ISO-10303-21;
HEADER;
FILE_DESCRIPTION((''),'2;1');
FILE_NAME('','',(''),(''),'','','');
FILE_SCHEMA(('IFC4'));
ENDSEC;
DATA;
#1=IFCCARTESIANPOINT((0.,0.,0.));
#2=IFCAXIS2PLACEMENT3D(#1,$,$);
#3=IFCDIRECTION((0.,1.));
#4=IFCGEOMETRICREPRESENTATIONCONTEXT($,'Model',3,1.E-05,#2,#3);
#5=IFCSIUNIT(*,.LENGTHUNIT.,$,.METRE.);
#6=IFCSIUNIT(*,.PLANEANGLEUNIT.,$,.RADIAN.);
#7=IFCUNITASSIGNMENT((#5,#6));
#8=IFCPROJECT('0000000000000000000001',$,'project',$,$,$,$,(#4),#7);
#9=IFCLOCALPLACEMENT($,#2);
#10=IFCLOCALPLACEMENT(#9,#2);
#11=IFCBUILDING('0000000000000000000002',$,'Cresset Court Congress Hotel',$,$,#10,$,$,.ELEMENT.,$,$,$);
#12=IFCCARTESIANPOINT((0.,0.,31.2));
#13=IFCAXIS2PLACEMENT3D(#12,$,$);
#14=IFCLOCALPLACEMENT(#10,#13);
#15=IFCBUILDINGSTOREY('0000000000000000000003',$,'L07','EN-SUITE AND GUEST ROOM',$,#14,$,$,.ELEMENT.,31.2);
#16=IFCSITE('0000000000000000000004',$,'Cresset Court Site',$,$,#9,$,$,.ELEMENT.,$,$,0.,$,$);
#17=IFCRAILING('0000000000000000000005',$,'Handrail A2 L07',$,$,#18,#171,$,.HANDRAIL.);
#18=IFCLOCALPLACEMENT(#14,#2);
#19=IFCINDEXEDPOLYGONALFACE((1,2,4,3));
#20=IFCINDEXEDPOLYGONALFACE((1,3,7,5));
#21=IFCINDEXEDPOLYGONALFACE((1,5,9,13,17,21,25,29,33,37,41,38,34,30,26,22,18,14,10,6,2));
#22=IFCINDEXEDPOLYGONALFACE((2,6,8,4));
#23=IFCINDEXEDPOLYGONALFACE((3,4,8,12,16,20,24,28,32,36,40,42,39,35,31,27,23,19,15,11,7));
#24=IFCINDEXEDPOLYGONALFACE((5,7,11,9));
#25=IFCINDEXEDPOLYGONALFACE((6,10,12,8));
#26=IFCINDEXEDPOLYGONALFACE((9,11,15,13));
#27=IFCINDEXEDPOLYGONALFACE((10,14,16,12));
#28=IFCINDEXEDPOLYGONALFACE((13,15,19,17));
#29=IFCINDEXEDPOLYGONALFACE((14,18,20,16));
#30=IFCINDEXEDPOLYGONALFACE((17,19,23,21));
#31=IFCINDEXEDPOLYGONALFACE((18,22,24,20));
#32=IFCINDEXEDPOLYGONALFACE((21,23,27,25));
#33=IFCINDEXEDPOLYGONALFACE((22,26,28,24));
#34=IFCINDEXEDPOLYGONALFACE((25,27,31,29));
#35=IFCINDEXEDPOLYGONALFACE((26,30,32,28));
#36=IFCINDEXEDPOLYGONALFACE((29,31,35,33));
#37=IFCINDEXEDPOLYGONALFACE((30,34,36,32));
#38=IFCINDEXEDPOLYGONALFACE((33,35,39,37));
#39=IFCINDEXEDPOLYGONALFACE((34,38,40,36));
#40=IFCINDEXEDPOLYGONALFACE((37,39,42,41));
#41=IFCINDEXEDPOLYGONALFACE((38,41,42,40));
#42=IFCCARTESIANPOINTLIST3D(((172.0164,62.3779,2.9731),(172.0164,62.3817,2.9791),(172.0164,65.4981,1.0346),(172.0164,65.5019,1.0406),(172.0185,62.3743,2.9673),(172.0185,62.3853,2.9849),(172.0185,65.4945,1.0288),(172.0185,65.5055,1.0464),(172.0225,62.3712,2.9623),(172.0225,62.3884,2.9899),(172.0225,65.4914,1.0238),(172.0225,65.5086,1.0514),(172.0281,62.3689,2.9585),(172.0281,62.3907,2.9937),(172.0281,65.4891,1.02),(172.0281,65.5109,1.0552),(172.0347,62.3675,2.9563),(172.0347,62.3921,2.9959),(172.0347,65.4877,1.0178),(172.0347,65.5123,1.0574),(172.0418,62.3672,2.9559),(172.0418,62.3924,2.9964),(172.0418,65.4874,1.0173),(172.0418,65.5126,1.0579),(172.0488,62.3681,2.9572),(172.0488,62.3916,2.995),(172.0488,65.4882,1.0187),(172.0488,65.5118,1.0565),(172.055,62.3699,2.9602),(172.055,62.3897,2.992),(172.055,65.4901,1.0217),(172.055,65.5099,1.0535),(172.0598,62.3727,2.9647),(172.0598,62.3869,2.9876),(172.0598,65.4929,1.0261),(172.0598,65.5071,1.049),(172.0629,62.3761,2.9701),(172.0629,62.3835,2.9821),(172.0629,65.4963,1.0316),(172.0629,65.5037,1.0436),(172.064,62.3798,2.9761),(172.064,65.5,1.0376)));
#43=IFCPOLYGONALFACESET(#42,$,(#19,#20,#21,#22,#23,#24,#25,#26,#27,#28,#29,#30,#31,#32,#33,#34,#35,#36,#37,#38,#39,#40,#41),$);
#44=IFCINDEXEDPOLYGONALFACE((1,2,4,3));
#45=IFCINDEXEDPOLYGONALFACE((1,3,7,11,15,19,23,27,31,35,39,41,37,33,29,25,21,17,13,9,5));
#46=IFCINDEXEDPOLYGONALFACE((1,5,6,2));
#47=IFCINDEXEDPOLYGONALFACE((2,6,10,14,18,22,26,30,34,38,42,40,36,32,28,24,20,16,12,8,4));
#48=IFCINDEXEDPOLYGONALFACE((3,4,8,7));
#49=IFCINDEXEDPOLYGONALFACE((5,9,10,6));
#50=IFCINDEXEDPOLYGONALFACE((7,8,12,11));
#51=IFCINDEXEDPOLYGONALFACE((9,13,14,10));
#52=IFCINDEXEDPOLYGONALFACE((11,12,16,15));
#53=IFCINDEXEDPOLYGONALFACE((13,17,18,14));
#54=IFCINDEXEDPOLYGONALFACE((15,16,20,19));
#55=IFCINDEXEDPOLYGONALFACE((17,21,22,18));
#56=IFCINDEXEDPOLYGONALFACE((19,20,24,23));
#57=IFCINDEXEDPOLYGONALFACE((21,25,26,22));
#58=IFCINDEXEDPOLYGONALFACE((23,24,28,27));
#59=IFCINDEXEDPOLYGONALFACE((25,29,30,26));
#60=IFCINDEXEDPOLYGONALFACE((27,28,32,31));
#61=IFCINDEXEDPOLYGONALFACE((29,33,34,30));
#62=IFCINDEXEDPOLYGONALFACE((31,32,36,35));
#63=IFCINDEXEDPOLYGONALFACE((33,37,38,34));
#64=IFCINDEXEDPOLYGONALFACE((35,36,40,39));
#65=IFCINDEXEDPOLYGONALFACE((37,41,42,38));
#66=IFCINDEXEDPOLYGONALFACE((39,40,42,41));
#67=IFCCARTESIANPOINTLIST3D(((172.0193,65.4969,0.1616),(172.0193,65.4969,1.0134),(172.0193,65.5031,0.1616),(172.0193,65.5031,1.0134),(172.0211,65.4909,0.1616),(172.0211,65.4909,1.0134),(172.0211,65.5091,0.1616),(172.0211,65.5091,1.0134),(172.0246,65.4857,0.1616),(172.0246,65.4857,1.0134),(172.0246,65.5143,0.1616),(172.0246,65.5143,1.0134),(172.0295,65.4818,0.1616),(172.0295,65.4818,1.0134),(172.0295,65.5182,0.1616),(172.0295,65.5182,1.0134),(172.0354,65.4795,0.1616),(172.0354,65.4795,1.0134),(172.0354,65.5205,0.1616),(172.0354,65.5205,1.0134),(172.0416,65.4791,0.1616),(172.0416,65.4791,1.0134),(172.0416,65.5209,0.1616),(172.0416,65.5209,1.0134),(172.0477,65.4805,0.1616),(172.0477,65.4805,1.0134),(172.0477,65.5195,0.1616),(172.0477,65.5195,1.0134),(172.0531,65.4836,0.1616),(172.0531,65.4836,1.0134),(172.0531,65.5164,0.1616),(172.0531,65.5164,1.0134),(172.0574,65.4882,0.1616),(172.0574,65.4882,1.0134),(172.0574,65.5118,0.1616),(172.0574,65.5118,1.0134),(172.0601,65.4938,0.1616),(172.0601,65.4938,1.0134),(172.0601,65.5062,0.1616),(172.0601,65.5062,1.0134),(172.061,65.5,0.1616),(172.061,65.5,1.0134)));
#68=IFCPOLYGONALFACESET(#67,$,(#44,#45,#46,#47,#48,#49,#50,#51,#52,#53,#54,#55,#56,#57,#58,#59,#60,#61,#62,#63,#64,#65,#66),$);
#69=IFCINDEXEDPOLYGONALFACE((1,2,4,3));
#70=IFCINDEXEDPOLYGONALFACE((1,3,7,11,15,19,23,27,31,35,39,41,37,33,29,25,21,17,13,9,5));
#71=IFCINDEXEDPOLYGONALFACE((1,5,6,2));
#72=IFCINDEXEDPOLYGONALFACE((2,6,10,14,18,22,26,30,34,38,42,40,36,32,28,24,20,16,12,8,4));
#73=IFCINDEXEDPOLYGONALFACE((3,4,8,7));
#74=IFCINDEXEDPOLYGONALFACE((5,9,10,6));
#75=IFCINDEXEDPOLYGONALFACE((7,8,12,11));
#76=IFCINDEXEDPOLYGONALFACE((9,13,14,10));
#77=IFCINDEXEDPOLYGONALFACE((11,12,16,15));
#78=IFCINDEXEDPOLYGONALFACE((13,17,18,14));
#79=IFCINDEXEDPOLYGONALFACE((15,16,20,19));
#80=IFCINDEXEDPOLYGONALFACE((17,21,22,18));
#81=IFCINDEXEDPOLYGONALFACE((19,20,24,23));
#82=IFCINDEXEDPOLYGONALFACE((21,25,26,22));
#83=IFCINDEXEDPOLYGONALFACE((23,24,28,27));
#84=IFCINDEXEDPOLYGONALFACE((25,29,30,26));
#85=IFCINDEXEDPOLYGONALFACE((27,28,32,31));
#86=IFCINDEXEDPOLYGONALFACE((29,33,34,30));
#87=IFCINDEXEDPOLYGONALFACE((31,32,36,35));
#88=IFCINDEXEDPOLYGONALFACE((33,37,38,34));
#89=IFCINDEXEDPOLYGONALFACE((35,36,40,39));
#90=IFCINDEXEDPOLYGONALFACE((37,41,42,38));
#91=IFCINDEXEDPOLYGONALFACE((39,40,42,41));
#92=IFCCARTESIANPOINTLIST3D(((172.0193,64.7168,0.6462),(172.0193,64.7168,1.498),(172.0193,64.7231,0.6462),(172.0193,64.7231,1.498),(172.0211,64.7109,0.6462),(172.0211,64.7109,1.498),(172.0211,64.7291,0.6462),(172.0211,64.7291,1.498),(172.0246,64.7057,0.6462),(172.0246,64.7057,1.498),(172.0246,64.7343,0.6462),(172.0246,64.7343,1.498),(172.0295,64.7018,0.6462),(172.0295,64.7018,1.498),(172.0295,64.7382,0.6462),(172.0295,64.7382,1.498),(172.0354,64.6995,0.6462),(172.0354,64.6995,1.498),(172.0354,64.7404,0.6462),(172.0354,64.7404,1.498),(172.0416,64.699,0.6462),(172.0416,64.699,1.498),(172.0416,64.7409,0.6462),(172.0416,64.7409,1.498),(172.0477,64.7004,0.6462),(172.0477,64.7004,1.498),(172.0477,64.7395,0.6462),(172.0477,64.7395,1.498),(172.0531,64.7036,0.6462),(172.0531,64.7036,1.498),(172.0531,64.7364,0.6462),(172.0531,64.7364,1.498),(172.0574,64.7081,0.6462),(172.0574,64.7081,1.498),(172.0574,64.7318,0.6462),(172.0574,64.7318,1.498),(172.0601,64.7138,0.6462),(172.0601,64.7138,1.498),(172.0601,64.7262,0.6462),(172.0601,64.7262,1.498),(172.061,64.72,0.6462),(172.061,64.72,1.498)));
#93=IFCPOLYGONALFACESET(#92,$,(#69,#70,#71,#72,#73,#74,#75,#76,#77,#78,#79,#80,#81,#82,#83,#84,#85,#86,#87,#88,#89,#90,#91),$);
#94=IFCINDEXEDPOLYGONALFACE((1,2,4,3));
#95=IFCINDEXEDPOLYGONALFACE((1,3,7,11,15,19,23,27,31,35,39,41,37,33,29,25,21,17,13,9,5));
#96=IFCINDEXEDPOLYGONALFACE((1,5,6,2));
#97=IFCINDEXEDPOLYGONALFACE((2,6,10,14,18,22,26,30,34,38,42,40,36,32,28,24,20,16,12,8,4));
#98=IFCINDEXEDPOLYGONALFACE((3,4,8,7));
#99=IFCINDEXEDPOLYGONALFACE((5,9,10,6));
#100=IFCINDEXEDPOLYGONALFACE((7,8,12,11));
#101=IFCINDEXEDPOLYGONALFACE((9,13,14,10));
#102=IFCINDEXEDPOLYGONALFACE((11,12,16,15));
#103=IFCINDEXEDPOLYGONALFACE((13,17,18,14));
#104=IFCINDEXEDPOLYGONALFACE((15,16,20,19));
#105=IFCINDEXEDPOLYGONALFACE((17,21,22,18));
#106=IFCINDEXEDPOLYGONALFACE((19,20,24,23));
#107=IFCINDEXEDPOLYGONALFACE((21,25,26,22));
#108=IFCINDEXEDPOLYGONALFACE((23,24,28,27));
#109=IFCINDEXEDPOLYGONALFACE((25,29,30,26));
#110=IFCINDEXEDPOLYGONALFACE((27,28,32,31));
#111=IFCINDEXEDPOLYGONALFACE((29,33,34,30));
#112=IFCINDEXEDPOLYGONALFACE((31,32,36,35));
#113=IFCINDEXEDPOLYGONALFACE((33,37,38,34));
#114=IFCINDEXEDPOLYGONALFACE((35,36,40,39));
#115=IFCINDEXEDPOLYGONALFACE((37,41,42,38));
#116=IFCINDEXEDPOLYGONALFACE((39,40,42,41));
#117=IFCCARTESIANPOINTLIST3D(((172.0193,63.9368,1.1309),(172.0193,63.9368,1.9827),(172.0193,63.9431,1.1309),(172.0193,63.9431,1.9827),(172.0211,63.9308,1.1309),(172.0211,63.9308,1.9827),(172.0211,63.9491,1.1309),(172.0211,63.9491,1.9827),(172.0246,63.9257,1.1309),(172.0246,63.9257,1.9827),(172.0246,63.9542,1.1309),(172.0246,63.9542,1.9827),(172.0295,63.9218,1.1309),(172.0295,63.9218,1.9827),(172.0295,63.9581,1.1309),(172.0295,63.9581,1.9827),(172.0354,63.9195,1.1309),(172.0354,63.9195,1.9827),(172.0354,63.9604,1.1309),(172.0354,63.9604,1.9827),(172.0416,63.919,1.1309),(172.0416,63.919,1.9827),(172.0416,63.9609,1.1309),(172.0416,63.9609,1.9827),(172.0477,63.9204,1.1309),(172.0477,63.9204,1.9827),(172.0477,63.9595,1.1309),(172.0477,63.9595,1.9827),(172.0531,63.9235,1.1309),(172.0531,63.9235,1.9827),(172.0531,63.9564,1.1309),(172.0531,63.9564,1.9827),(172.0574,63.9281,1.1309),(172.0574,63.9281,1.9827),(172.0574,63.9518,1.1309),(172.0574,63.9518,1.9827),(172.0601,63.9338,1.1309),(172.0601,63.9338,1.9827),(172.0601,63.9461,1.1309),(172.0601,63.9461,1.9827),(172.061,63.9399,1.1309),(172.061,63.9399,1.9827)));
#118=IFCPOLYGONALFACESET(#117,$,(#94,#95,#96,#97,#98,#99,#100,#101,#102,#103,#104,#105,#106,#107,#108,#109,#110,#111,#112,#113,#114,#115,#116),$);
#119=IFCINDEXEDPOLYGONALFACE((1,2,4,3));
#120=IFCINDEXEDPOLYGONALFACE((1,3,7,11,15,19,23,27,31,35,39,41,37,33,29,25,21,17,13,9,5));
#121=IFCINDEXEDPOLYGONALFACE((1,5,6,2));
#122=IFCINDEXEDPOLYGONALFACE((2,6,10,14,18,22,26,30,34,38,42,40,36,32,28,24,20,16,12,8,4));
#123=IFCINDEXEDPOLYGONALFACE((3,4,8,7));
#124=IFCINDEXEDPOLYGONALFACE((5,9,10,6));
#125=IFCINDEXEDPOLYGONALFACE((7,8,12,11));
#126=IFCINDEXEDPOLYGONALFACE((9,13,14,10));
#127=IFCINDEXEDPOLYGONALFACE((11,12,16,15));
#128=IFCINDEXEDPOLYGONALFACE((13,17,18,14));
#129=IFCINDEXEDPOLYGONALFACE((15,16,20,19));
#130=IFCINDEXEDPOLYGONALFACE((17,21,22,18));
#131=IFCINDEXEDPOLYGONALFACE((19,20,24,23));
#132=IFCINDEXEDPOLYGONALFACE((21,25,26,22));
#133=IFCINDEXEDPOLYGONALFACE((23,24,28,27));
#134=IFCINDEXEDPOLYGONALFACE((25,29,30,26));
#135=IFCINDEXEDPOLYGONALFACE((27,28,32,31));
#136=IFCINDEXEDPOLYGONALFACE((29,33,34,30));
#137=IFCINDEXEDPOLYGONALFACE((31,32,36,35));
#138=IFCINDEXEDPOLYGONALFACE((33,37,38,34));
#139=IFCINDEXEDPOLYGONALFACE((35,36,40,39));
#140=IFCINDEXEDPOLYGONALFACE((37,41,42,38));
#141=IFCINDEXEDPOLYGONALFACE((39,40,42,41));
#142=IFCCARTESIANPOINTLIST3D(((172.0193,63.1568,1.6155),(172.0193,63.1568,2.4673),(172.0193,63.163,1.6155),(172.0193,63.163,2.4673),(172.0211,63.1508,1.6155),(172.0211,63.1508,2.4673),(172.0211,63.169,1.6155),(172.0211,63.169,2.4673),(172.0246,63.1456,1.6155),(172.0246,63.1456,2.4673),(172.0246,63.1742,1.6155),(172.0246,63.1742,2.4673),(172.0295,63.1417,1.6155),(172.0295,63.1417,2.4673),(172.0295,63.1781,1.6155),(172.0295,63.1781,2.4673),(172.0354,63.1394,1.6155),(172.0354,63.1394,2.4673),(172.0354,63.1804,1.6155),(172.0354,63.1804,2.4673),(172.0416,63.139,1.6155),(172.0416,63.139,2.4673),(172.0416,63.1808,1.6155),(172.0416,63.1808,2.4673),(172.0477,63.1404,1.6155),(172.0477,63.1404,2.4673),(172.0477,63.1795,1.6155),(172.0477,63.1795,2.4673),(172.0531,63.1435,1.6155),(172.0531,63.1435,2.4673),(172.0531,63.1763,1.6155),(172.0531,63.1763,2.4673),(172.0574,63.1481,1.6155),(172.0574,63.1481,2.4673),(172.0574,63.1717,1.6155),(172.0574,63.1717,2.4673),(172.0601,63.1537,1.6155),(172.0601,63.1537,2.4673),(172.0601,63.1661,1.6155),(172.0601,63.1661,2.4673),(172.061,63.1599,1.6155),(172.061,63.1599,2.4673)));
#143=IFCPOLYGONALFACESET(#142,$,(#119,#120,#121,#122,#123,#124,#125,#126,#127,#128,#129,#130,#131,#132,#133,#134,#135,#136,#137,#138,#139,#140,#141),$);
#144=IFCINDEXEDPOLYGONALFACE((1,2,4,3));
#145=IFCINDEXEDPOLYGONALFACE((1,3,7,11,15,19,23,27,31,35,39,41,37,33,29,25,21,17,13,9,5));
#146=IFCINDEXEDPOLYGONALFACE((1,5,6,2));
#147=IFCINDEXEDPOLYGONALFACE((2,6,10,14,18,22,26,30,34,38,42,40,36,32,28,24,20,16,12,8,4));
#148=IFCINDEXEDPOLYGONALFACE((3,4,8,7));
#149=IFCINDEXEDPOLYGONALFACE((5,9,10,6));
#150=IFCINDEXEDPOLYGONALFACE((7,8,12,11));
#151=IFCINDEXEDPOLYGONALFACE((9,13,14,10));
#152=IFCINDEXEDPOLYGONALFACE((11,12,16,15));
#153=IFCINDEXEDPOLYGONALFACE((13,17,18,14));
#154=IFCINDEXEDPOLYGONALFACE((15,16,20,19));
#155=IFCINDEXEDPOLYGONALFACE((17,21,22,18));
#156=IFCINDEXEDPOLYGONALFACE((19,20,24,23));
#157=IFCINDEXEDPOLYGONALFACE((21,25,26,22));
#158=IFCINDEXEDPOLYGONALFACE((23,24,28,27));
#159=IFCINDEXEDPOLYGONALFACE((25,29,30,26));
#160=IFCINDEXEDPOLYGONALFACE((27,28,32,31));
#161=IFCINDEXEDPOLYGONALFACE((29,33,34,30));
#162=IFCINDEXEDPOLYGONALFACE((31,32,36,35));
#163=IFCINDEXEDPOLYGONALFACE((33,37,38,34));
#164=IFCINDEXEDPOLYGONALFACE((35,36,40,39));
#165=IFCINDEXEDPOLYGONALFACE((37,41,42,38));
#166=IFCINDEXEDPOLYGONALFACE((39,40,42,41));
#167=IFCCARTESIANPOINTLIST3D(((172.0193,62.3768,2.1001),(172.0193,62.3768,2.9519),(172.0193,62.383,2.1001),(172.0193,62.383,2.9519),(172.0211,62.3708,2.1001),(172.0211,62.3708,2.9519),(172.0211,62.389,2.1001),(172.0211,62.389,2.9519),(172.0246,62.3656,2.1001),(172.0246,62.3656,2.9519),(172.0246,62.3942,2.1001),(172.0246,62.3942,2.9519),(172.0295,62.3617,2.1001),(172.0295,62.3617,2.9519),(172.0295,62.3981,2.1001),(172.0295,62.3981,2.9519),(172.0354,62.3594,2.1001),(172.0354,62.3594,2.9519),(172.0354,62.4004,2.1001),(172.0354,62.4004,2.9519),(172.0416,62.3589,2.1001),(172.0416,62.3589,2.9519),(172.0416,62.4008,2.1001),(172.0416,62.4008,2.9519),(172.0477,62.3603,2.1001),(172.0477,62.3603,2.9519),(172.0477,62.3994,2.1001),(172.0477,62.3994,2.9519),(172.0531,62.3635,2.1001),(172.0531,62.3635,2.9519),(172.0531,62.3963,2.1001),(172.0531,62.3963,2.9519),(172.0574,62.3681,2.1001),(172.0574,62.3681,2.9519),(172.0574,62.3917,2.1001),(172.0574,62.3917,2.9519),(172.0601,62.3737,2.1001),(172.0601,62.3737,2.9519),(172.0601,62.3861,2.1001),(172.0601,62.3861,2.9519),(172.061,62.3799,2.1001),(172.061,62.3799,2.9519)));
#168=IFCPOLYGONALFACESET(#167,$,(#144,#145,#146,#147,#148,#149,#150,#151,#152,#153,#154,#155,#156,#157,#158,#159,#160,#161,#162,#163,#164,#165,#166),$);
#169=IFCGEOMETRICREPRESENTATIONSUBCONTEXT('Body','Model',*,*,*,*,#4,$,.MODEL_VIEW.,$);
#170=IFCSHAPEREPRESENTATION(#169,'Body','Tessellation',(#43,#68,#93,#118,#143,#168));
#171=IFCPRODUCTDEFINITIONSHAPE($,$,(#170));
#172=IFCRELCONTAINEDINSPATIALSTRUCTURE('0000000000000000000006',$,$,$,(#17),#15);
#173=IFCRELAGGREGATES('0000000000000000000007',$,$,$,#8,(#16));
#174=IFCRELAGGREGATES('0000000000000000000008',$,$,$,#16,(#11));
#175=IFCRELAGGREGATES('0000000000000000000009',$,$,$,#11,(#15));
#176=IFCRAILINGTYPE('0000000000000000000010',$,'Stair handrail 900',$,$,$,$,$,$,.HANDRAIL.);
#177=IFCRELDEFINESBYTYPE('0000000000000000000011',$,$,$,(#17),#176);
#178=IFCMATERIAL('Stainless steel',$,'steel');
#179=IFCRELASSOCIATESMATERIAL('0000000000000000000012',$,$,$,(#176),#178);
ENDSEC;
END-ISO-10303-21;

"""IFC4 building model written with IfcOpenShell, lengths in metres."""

from ifc_helpers import new_model, si_unit, direction, frame, origin, origin_2d, place, context, subcontext, project, spatial, circle, extrude, material, type_object, element, save


model = new_model("IFC4")

# Units and contexts
model_context = context("Model", 3, precision=1e-05, world=origin(), true_north=direction((0.0, 1.0)))
body_context = subcontext(model_context, "Body", "Model", "MODEL_VIEW")
ifc_project = project(units=[si_unit("LENGTHUNIT", "METRE"), si_unit("PLANEANGLEUNIT", "RADIAN")], contexts=[model_context])

# Site, building, storey
site_placement = place(None, origin())
site = spatial("IfcSite", under=ifc_project, at=site_placement, Name="Cresset Court Site", CompositionType="ELEMENT", RefElevation=0.0)
building_placement = place(site_placement, origin())
building = spatial("IfcBuilding", under=site, at=building_placement, Name="Cresset Court Congress Hotel", CompositionType="ELEMENT")
storey_placement = place(building_placement, frame((0.0, 0.0, 31.2)))
storey = spatial("IfcBuildingStorey", under=building, at=storey_placement, Name="L07", Description="EN-SUITE AND GUEST ROOM", CompositionType="ELEMENT", Elevation=31.2)

# Railing
ifc_material_1 = material(Name="Stainless steel", Category="steel")
railing_type_1 = type_object("IfcRailingType", Name="Stair handrail 900", PredefinedType="HANDRAIL", material=ifc_material_1)
for number, where, name in (
    (1, (172.04, 65.5, 0.1616), "Handrail A2 L07"),
):
    element("IfcRailing", number, at=place(storey_placement, frame(where)), inside=storey, type_object=railing_type_1, Name=name, PredefinedType="HANDRAIL", context=body_context, shape_type="SweptSolid", body=[
        extrude(circle(Radius=0.0239, at=origin_2d()), frame((0.0, 0.0, 0.876), z_axis=(0.0, -0.849414, 0.527727), x_axis=(1.0, 0.0, 0.0)), (0.0, 0.0, 1.0), 3.6733),
        extrude(circle(Radius=0.021, at=origin_2d()), origin(), (0.0, 0.0, 1.0), 0.8518),
        extrude(circle(Radius=0.021, at=origin_2d()), frame((0.0, -0.78, 0.4846)), (0.0, 0.0, 1.0), 0.8518),
        extrude(circle(Radius=0.021, at=origin_2d()), frame((0.0, -1.5601, 0.9692)), (0.0, 0.0, 1.0), 0.8518),
        extrude(circle(Radius=0.021, at=origin_2d()), frame((0.0, -2.3401, 1.4539)), (0.0, 0.0, 1.0), 0.8518),
        extrude(circle(Radius=0.021, at=origin_2d()), frame((0.0, -3.1201, 1.9385)), (0.0, 0.0, 1.0), 0.8518),
    ])

save(model, "model.ifc")
